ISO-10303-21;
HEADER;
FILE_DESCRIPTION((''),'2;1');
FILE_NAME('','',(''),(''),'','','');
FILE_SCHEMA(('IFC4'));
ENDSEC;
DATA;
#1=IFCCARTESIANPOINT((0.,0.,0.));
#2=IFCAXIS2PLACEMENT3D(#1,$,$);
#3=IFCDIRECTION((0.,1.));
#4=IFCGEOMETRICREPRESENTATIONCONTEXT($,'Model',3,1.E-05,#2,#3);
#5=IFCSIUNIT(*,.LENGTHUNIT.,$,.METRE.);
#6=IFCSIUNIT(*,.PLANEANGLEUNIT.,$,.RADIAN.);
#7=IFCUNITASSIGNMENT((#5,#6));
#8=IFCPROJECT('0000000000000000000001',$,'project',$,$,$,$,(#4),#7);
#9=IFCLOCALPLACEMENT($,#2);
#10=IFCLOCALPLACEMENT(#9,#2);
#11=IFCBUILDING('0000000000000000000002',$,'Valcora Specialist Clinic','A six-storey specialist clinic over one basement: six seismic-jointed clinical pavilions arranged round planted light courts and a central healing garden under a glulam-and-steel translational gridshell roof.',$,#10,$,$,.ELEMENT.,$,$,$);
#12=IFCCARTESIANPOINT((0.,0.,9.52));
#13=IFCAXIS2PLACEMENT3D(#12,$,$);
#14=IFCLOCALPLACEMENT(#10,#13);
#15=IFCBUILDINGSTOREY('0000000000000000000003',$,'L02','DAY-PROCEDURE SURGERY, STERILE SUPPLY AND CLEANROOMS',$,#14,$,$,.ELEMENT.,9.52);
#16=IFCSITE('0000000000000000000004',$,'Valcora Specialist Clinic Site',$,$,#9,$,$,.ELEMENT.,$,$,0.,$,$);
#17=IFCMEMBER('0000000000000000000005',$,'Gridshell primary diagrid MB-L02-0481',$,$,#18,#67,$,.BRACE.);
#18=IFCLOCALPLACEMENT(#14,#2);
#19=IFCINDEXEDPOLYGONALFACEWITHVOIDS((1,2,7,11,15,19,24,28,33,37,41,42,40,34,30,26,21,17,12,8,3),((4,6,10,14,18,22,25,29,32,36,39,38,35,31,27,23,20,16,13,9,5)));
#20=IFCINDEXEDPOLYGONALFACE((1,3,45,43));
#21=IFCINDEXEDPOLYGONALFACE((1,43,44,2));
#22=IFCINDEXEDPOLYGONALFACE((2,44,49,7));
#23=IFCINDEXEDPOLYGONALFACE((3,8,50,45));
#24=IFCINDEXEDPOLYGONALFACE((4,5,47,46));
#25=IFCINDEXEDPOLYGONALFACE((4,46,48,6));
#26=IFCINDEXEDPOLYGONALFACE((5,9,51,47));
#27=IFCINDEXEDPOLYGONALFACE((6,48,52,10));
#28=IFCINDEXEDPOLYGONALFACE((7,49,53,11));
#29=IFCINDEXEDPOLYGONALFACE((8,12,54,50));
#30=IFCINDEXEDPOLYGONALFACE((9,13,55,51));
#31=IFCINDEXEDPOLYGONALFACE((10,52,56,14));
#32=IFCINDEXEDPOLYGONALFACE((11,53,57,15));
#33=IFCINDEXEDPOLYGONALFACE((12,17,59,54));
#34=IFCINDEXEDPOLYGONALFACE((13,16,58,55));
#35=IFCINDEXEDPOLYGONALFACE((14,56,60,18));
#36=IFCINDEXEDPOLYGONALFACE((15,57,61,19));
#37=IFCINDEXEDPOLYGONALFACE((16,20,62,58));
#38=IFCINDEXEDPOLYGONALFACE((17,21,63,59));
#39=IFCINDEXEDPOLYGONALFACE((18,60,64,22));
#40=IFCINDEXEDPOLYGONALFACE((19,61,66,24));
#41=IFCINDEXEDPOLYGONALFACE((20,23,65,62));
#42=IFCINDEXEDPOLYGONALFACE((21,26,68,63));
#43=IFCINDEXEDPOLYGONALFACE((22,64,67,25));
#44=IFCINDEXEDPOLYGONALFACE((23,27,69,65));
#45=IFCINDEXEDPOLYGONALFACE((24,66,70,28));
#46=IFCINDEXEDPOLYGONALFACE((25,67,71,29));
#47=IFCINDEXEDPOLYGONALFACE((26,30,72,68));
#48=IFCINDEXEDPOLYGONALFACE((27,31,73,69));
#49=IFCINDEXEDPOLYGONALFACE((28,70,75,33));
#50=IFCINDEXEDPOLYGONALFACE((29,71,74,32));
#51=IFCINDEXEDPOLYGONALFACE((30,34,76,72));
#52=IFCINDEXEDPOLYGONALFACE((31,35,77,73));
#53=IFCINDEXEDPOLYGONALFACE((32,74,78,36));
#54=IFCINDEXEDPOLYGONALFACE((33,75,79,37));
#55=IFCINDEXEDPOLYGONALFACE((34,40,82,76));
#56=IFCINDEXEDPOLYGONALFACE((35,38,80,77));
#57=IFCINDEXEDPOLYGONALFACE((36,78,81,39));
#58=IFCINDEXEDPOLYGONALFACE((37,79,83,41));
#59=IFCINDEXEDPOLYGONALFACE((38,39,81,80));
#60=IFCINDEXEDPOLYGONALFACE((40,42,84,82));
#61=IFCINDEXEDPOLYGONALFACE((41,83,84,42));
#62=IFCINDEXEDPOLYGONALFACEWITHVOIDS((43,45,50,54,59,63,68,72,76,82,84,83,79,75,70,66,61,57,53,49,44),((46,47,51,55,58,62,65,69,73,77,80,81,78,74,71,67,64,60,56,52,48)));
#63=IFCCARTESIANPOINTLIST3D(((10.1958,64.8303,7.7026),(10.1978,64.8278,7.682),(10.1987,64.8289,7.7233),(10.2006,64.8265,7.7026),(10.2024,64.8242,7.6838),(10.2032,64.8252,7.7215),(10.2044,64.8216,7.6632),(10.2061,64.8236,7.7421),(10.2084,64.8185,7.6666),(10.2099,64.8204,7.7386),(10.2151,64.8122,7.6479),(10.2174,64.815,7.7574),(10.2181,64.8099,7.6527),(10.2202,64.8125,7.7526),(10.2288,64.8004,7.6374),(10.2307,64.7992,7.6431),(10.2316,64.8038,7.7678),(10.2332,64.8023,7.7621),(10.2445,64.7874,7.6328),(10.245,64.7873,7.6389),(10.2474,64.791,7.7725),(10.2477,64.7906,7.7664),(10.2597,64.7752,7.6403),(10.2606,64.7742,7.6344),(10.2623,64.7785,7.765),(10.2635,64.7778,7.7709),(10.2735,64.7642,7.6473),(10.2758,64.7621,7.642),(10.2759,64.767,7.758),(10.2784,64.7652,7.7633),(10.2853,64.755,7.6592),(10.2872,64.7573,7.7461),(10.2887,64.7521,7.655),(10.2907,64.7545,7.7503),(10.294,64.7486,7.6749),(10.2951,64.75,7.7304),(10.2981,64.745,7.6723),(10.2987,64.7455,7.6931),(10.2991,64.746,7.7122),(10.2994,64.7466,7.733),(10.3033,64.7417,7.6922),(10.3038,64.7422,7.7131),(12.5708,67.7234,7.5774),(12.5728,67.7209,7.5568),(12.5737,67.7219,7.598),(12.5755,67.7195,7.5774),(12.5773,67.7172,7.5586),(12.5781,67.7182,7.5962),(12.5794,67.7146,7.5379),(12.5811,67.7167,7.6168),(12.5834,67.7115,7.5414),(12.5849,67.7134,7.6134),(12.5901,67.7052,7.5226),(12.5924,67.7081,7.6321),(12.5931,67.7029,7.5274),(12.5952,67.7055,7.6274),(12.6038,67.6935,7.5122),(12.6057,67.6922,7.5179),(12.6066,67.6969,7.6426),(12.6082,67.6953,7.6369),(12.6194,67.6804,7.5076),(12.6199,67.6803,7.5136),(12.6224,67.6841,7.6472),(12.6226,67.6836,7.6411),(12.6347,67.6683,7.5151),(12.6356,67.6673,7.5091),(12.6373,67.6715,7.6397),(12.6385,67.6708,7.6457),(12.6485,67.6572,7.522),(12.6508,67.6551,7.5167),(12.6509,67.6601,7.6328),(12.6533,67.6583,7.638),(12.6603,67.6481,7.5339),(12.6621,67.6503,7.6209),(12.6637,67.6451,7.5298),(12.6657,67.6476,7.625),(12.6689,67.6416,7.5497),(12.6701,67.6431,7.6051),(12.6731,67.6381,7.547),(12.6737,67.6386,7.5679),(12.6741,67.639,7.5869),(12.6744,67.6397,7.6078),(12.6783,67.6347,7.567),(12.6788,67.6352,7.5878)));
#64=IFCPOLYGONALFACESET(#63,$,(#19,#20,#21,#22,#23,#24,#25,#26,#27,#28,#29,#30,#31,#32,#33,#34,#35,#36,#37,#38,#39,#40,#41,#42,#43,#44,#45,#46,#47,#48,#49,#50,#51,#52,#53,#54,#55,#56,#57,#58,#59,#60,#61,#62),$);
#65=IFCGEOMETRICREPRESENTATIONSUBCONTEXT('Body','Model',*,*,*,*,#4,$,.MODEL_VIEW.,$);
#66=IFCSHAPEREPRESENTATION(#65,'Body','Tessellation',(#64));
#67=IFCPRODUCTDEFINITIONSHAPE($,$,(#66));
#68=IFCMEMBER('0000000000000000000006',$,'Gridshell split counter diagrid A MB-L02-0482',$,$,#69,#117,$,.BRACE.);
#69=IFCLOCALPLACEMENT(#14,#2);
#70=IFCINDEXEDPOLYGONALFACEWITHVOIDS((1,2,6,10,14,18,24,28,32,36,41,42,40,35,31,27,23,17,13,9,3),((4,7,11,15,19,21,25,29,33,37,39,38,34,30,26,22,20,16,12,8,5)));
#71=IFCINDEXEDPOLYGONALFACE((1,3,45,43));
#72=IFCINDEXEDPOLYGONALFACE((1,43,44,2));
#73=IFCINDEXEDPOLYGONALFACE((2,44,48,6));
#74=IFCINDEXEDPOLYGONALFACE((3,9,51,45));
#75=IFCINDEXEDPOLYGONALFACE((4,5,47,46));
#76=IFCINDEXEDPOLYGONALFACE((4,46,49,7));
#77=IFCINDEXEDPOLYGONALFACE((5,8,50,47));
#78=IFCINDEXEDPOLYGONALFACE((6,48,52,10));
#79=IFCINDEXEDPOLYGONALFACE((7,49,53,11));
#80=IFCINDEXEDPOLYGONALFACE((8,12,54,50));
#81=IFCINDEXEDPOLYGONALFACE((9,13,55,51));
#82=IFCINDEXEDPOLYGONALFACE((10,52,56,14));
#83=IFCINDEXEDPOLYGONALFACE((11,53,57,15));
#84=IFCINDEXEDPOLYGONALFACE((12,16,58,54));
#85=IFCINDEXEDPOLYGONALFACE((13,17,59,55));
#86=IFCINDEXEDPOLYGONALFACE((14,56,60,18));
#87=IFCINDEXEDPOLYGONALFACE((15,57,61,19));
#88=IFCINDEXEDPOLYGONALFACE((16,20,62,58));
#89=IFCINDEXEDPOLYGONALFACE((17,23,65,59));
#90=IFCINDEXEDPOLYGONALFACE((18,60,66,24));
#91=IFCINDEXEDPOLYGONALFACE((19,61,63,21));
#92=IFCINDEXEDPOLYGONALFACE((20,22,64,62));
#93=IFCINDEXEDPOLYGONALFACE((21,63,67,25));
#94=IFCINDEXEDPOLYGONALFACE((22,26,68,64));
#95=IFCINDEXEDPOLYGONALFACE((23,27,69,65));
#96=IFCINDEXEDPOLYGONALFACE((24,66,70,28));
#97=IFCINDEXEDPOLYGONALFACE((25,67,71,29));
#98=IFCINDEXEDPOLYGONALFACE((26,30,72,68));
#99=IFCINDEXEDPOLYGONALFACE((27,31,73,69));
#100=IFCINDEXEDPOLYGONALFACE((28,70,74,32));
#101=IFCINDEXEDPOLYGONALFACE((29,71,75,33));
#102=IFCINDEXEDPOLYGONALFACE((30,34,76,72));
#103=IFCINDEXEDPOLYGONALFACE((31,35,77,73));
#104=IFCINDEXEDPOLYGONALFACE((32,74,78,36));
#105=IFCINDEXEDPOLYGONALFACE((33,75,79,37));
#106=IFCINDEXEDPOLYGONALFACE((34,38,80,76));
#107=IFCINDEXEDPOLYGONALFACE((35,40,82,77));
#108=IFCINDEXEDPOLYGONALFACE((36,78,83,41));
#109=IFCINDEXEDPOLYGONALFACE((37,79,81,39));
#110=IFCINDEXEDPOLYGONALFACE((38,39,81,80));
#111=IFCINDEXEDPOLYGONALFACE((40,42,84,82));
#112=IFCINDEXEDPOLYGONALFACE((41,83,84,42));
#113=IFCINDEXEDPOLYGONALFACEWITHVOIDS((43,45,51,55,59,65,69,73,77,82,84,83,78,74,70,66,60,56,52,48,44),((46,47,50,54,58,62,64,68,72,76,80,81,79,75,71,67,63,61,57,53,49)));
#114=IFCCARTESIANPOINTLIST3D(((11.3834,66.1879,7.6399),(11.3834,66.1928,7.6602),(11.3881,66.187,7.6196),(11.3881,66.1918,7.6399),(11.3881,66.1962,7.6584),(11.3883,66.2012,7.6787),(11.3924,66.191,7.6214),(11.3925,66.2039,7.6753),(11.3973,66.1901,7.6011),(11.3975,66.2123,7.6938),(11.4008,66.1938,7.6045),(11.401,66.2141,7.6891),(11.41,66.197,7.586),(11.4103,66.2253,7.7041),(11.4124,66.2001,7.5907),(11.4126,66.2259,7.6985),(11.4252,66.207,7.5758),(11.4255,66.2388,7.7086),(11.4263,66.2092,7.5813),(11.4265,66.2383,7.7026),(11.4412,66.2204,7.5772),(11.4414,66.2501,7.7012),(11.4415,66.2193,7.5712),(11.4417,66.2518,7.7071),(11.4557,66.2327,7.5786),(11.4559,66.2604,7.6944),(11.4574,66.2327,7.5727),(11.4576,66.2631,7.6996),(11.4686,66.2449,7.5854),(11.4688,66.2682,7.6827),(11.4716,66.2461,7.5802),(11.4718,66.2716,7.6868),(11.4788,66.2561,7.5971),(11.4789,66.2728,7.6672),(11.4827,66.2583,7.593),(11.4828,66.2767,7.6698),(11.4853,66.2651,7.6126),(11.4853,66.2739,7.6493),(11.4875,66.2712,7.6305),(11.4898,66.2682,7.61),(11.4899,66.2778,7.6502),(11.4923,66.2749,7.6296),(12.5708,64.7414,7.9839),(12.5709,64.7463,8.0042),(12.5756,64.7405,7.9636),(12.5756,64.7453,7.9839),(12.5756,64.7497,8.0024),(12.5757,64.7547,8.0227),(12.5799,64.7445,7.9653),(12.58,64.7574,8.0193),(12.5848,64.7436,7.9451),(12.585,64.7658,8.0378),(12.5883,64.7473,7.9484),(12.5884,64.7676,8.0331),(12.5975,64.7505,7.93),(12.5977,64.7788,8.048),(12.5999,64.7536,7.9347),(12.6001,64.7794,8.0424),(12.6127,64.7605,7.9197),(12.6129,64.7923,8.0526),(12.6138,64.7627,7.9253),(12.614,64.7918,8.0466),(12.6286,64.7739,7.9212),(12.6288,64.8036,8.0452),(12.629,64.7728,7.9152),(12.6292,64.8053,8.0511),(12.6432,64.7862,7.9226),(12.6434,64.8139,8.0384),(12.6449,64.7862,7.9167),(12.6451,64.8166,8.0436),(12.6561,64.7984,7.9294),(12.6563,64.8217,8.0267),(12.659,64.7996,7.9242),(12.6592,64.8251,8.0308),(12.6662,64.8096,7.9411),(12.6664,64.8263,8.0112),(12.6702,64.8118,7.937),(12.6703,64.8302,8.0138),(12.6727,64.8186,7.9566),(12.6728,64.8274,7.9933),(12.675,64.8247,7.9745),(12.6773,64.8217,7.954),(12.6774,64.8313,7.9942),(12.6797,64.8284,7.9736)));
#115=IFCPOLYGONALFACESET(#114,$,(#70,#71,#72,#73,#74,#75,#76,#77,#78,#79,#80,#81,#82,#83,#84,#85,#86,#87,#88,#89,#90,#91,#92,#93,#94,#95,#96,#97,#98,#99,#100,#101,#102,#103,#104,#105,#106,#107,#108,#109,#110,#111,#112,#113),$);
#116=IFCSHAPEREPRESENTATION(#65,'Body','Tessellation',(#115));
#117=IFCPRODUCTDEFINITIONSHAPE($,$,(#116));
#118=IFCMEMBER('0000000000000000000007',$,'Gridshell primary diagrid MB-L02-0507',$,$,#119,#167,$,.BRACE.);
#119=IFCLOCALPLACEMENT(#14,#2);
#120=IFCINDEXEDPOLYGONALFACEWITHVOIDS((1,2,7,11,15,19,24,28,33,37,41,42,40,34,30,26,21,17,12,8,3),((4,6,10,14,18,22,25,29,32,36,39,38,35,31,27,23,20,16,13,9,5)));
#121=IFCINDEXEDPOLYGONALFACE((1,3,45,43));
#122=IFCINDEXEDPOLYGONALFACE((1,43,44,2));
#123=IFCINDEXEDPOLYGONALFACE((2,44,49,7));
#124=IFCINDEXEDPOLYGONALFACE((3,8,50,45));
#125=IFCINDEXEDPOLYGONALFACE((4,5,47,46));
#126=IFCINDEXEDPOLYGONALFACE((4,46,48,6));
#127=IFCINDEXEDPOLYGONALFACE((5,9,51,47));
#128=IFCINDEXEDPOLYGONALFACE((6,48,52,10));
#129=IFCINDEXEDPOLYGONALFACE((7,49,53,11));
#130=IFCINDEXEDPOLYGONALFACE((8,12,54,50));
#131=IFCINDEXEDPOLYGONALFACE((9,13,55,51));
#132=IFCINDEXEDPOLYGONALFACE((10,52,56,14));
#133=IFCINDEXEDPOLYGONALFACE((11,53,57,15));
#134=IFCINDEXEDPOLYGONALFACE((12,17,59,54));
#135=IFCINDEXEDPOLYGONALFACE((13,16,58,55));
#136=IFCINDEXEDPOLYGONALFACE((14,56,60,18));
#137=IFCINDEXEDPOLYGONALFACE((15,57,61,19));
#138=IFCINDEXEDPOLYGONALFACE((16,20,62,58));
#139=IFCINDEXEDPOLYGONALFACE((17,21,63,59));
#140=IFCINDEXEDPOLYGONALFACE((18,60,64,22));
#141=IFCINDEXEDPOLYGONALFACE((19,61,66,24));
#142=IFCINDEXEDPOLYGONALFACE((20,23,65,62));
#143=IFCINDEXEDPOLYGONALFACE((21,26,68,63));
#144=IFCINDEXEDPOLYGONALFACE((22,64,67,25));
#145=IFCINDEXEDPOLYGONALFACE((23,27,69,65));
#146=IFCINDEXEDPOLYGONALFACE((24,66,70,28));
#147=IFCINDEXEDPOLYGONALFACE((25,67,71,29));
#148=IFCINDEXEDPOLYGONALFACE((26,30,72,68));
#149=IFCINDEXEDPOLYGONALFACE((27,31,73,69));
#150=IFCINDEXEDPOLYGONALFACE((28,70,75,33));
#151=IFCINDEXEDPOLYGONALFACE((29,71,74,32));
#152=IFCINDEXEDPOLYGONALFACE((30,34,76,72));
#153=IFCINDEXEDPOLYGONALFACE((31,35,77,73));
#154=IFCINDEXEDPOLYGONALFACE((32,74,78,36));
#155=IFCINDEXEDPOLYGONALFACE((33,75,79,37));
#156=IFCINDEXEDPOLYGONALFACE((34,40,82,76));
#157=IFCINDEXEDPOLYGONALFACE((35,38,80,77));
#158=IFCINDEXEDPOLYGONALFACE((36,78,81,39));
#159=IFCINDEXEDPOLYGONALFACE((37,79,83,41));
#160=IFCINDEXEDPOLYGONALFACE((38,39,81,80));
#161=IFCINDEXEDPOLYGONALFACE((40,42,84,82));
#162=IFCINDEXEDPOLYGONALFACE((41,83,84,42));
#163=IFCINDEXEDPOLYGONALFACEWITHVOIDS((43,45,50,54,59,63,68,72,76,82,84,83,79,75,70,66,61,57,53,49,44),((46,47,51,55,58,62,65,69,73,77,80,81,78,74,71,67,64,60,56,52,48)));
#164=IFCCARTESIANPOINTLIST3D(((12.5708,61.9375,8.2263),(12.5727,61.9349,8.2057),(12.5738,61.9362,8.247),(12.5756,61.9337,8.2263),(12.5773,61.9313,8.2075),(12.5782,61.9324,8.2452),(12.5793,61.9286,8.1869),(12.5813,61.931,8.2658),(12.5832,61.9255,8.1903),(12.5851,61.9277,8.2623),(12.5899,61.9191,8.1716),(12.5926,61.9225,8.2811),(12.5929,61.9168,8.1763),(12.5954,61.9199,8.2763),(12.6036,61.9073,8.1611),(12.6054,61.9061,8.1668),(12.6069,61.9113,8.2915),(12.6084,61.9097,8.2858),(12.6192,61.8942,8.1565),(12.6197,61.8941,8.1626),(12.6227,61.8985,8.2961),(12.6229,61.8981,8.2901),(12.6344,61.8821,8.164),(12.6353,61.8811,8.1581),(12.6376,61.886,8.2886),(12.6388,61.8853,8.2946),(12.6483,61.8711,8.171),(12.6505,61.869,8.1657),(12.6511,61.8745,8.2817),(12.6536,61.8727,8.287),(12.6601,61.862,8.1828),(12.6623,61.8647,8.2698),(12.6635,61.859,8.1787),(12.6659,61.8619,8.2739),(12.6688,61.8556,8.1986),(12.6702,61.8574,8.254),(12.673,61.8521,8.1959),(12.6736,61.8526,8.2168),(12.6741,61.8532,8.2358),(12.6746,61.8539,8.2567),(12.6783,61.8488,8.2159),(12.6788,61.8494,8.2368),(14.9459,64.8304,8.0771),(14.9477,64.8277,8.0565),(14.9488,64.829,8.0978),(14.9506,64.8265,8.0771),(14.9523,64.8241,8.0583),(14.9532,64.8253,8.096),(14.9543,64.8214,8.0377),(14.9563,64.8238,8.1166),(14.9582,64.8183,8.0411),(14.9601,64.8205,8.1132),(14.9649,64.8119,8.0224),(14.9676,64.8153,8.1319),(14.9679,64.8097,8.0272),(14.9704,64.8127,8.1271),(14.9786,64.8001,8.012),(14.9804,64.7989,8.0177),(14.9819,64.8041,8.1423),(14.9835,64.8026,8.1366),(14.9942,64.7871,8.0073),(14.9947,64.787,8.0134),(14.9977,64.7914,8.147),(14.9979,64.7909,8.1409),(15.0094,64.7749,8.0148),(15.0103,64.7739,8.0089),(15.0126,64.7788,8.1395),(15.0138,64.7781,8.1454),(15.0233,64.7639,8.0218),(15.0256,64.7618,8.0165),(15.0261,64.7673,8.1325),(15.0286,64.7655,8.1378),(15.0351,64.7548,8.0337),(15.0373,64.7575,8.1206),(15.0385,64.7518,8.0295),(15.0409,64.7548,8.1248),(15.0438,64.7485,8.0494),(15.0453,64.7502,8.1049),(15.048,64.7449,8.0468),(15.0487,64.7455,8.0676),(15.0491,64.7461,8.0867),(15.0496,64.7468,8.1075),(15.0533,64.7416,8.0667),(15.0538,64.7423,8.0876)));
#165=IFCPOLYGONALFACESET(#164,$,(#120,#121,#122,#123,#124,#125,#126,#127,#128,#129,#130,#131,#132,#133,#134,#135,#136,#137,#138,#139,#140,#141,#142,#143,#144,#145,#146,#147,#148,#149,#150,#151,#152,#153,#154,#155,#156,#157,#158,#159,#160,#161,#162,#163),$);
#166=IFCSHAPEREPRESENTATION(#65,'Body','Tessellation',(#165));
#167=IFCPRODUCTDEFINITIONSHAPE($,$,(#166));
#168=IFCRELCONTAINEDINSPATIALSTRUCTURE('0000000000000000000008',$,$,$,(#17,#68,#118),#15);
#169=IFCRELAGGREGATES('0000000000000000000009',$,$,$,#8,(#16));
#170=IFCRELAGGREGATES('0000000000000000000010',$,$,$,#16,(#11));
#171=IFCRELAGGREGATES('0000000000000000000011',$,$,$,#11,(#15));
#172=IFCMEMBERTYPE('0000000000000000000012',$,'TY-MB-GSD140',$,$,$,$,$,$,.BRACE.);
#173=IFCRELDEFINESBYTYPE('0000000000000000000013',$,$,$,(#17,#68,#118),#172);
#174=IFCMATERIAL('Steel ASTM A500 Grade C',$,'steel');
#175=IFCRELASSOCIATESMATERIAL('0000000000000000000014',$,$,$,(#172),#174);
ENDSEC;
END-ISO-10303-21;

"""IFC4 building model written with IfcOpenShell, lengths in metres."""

from ifc_helpers import new_model, si_unit, direction, frame, origin, origin_2d, place, context, subcontext, project, spatial, hollow_circle, extrude, material, material_profile, profile_set, type_object, element, save


model = new_model("IFC4")

# Units and contexts
model_context = context("Model", 3, precision=1e-05, world=origin(), true_north=direction((0.0, 1.0)))
body_context = subcontext(model_context, "Body", "Model", "MODEL_VIEW")
ifc_project = project(units=[si_unit("LENGTHUNIT", "METRE"), si_unit("PLANEANGLEUNIT", "RADIAN")], contexts=[model_context])

# Site, building, storey
site_placement = place(None, origin())
site = spatial("IfcSite", under=ifc_project, at=site_placement, Name="Valcora Specialist Clinic Site", CompositionType="ELEMENT", RefElevation=0.0)
building_placement = place(site_placement, origin())
building = spatial("IfcBuilding", under=site, at=building_placement, Name="Valcora Specialist Clinic", Description="A six-storey specialist clinic over one basement: six seismic-jointed clinical pavilions arranged round planted light courts and a central healing garden under a glulam-and-steel translational gridshell roof.", CompositionType="ELEMENT")
storey_placement = place(building_placement, frame((0.0, 0.0, 9.52)))
storey = spatial("IfcBuildingStorey", under=building, at=storey_placement, Name="L02", Description="DAY-PROCEDURE SURGERY, STERILE SUPPLY AND CLEANROOMS", CompositionType="ELEMENT", Elevation=9.52)

# Members
ifc_material_1 = material(Name="Steel ASTM A500 Grade C", Category="steel")
ifc_material_profile_1 = material_profile(ifc_material_1, hollow_circle(Radius=0.0701, WallThickness=0.0061, at=origin_2d()), Name="ST-CHS-140X6")
ifc_profile_set_1 = profile_set([ifc_material_profile_1], Name="Steel ASTM A500 Grade C")
member_type_1 = type_object("IfcMemberType", Name="TY-MB-GSD140", PredefinedType="BRACE", material=ifc_profile_set_1)
member_1_placement = place(storey_placement, frame((10.25, 64.7859, 7.7026), z_axis=(0.634154, 0.772484, -0.033442), x_axis=(-0.772916, 0.634508, 0.0)))
element("IfcMember", 1, at=member_1_placement, inside=storey, type_object=member_type_1, Name="Gridshell primary diagrid MB-L02-0481", PredefinedType="BRACE", context=body_context, shape_type="SweptSolid", body=[
    extrude(hollow_circle(Radius=0.0701, WallThickness=0.0061, at=origin_2d()), origin(), (0.0, 0.0, 1.0), 3.7451),
])
member_2_placement = place(storey_placement, frame((12.625, 64.7859, 7.9839), z_axis=(-0.624055, 0.760182, -0.180776), x_axis=(-0.772916, -0.634508, 0.0)))
element("IfcMember", 2, at=member_2_placement, inside=storey, type_object=member_type_1, Name="Gridshell split counter diagrid A MB-L02-0482", PredefinedType="BRACE", context=body_context, shape_type="SweptSolid", body=[
    extrude(hollow_circle(Radius=0.0701, WallThickness=0.0061, at=origin_2d()), origin(), (0.0, 0.0, 1.0), 1.9028),
])
member_3_placement = place(storey_placement, frame((12.625, 61.8931, 8.2263), z_axis=(0.634037, 0.772277, -0.039823), x_axis=(-0.77289, 0.63454, 0.0)))
element("IfcMember", 3, at=member_3_placement, inside=storey, type_object=member_type_1, Name="Gridshell primary diagrid MB-L02-0507", PredefinedType="BRACE", context=body_context, shape_type="SweptSolid", body=[
    extrude(hollow_circle(Radius=0.0701, WallThickness=0.0061, at=origin_2d()), origin(), (0.0, 0.0, 1.0), 3.7458),
])

save(model, "model.ifc")
